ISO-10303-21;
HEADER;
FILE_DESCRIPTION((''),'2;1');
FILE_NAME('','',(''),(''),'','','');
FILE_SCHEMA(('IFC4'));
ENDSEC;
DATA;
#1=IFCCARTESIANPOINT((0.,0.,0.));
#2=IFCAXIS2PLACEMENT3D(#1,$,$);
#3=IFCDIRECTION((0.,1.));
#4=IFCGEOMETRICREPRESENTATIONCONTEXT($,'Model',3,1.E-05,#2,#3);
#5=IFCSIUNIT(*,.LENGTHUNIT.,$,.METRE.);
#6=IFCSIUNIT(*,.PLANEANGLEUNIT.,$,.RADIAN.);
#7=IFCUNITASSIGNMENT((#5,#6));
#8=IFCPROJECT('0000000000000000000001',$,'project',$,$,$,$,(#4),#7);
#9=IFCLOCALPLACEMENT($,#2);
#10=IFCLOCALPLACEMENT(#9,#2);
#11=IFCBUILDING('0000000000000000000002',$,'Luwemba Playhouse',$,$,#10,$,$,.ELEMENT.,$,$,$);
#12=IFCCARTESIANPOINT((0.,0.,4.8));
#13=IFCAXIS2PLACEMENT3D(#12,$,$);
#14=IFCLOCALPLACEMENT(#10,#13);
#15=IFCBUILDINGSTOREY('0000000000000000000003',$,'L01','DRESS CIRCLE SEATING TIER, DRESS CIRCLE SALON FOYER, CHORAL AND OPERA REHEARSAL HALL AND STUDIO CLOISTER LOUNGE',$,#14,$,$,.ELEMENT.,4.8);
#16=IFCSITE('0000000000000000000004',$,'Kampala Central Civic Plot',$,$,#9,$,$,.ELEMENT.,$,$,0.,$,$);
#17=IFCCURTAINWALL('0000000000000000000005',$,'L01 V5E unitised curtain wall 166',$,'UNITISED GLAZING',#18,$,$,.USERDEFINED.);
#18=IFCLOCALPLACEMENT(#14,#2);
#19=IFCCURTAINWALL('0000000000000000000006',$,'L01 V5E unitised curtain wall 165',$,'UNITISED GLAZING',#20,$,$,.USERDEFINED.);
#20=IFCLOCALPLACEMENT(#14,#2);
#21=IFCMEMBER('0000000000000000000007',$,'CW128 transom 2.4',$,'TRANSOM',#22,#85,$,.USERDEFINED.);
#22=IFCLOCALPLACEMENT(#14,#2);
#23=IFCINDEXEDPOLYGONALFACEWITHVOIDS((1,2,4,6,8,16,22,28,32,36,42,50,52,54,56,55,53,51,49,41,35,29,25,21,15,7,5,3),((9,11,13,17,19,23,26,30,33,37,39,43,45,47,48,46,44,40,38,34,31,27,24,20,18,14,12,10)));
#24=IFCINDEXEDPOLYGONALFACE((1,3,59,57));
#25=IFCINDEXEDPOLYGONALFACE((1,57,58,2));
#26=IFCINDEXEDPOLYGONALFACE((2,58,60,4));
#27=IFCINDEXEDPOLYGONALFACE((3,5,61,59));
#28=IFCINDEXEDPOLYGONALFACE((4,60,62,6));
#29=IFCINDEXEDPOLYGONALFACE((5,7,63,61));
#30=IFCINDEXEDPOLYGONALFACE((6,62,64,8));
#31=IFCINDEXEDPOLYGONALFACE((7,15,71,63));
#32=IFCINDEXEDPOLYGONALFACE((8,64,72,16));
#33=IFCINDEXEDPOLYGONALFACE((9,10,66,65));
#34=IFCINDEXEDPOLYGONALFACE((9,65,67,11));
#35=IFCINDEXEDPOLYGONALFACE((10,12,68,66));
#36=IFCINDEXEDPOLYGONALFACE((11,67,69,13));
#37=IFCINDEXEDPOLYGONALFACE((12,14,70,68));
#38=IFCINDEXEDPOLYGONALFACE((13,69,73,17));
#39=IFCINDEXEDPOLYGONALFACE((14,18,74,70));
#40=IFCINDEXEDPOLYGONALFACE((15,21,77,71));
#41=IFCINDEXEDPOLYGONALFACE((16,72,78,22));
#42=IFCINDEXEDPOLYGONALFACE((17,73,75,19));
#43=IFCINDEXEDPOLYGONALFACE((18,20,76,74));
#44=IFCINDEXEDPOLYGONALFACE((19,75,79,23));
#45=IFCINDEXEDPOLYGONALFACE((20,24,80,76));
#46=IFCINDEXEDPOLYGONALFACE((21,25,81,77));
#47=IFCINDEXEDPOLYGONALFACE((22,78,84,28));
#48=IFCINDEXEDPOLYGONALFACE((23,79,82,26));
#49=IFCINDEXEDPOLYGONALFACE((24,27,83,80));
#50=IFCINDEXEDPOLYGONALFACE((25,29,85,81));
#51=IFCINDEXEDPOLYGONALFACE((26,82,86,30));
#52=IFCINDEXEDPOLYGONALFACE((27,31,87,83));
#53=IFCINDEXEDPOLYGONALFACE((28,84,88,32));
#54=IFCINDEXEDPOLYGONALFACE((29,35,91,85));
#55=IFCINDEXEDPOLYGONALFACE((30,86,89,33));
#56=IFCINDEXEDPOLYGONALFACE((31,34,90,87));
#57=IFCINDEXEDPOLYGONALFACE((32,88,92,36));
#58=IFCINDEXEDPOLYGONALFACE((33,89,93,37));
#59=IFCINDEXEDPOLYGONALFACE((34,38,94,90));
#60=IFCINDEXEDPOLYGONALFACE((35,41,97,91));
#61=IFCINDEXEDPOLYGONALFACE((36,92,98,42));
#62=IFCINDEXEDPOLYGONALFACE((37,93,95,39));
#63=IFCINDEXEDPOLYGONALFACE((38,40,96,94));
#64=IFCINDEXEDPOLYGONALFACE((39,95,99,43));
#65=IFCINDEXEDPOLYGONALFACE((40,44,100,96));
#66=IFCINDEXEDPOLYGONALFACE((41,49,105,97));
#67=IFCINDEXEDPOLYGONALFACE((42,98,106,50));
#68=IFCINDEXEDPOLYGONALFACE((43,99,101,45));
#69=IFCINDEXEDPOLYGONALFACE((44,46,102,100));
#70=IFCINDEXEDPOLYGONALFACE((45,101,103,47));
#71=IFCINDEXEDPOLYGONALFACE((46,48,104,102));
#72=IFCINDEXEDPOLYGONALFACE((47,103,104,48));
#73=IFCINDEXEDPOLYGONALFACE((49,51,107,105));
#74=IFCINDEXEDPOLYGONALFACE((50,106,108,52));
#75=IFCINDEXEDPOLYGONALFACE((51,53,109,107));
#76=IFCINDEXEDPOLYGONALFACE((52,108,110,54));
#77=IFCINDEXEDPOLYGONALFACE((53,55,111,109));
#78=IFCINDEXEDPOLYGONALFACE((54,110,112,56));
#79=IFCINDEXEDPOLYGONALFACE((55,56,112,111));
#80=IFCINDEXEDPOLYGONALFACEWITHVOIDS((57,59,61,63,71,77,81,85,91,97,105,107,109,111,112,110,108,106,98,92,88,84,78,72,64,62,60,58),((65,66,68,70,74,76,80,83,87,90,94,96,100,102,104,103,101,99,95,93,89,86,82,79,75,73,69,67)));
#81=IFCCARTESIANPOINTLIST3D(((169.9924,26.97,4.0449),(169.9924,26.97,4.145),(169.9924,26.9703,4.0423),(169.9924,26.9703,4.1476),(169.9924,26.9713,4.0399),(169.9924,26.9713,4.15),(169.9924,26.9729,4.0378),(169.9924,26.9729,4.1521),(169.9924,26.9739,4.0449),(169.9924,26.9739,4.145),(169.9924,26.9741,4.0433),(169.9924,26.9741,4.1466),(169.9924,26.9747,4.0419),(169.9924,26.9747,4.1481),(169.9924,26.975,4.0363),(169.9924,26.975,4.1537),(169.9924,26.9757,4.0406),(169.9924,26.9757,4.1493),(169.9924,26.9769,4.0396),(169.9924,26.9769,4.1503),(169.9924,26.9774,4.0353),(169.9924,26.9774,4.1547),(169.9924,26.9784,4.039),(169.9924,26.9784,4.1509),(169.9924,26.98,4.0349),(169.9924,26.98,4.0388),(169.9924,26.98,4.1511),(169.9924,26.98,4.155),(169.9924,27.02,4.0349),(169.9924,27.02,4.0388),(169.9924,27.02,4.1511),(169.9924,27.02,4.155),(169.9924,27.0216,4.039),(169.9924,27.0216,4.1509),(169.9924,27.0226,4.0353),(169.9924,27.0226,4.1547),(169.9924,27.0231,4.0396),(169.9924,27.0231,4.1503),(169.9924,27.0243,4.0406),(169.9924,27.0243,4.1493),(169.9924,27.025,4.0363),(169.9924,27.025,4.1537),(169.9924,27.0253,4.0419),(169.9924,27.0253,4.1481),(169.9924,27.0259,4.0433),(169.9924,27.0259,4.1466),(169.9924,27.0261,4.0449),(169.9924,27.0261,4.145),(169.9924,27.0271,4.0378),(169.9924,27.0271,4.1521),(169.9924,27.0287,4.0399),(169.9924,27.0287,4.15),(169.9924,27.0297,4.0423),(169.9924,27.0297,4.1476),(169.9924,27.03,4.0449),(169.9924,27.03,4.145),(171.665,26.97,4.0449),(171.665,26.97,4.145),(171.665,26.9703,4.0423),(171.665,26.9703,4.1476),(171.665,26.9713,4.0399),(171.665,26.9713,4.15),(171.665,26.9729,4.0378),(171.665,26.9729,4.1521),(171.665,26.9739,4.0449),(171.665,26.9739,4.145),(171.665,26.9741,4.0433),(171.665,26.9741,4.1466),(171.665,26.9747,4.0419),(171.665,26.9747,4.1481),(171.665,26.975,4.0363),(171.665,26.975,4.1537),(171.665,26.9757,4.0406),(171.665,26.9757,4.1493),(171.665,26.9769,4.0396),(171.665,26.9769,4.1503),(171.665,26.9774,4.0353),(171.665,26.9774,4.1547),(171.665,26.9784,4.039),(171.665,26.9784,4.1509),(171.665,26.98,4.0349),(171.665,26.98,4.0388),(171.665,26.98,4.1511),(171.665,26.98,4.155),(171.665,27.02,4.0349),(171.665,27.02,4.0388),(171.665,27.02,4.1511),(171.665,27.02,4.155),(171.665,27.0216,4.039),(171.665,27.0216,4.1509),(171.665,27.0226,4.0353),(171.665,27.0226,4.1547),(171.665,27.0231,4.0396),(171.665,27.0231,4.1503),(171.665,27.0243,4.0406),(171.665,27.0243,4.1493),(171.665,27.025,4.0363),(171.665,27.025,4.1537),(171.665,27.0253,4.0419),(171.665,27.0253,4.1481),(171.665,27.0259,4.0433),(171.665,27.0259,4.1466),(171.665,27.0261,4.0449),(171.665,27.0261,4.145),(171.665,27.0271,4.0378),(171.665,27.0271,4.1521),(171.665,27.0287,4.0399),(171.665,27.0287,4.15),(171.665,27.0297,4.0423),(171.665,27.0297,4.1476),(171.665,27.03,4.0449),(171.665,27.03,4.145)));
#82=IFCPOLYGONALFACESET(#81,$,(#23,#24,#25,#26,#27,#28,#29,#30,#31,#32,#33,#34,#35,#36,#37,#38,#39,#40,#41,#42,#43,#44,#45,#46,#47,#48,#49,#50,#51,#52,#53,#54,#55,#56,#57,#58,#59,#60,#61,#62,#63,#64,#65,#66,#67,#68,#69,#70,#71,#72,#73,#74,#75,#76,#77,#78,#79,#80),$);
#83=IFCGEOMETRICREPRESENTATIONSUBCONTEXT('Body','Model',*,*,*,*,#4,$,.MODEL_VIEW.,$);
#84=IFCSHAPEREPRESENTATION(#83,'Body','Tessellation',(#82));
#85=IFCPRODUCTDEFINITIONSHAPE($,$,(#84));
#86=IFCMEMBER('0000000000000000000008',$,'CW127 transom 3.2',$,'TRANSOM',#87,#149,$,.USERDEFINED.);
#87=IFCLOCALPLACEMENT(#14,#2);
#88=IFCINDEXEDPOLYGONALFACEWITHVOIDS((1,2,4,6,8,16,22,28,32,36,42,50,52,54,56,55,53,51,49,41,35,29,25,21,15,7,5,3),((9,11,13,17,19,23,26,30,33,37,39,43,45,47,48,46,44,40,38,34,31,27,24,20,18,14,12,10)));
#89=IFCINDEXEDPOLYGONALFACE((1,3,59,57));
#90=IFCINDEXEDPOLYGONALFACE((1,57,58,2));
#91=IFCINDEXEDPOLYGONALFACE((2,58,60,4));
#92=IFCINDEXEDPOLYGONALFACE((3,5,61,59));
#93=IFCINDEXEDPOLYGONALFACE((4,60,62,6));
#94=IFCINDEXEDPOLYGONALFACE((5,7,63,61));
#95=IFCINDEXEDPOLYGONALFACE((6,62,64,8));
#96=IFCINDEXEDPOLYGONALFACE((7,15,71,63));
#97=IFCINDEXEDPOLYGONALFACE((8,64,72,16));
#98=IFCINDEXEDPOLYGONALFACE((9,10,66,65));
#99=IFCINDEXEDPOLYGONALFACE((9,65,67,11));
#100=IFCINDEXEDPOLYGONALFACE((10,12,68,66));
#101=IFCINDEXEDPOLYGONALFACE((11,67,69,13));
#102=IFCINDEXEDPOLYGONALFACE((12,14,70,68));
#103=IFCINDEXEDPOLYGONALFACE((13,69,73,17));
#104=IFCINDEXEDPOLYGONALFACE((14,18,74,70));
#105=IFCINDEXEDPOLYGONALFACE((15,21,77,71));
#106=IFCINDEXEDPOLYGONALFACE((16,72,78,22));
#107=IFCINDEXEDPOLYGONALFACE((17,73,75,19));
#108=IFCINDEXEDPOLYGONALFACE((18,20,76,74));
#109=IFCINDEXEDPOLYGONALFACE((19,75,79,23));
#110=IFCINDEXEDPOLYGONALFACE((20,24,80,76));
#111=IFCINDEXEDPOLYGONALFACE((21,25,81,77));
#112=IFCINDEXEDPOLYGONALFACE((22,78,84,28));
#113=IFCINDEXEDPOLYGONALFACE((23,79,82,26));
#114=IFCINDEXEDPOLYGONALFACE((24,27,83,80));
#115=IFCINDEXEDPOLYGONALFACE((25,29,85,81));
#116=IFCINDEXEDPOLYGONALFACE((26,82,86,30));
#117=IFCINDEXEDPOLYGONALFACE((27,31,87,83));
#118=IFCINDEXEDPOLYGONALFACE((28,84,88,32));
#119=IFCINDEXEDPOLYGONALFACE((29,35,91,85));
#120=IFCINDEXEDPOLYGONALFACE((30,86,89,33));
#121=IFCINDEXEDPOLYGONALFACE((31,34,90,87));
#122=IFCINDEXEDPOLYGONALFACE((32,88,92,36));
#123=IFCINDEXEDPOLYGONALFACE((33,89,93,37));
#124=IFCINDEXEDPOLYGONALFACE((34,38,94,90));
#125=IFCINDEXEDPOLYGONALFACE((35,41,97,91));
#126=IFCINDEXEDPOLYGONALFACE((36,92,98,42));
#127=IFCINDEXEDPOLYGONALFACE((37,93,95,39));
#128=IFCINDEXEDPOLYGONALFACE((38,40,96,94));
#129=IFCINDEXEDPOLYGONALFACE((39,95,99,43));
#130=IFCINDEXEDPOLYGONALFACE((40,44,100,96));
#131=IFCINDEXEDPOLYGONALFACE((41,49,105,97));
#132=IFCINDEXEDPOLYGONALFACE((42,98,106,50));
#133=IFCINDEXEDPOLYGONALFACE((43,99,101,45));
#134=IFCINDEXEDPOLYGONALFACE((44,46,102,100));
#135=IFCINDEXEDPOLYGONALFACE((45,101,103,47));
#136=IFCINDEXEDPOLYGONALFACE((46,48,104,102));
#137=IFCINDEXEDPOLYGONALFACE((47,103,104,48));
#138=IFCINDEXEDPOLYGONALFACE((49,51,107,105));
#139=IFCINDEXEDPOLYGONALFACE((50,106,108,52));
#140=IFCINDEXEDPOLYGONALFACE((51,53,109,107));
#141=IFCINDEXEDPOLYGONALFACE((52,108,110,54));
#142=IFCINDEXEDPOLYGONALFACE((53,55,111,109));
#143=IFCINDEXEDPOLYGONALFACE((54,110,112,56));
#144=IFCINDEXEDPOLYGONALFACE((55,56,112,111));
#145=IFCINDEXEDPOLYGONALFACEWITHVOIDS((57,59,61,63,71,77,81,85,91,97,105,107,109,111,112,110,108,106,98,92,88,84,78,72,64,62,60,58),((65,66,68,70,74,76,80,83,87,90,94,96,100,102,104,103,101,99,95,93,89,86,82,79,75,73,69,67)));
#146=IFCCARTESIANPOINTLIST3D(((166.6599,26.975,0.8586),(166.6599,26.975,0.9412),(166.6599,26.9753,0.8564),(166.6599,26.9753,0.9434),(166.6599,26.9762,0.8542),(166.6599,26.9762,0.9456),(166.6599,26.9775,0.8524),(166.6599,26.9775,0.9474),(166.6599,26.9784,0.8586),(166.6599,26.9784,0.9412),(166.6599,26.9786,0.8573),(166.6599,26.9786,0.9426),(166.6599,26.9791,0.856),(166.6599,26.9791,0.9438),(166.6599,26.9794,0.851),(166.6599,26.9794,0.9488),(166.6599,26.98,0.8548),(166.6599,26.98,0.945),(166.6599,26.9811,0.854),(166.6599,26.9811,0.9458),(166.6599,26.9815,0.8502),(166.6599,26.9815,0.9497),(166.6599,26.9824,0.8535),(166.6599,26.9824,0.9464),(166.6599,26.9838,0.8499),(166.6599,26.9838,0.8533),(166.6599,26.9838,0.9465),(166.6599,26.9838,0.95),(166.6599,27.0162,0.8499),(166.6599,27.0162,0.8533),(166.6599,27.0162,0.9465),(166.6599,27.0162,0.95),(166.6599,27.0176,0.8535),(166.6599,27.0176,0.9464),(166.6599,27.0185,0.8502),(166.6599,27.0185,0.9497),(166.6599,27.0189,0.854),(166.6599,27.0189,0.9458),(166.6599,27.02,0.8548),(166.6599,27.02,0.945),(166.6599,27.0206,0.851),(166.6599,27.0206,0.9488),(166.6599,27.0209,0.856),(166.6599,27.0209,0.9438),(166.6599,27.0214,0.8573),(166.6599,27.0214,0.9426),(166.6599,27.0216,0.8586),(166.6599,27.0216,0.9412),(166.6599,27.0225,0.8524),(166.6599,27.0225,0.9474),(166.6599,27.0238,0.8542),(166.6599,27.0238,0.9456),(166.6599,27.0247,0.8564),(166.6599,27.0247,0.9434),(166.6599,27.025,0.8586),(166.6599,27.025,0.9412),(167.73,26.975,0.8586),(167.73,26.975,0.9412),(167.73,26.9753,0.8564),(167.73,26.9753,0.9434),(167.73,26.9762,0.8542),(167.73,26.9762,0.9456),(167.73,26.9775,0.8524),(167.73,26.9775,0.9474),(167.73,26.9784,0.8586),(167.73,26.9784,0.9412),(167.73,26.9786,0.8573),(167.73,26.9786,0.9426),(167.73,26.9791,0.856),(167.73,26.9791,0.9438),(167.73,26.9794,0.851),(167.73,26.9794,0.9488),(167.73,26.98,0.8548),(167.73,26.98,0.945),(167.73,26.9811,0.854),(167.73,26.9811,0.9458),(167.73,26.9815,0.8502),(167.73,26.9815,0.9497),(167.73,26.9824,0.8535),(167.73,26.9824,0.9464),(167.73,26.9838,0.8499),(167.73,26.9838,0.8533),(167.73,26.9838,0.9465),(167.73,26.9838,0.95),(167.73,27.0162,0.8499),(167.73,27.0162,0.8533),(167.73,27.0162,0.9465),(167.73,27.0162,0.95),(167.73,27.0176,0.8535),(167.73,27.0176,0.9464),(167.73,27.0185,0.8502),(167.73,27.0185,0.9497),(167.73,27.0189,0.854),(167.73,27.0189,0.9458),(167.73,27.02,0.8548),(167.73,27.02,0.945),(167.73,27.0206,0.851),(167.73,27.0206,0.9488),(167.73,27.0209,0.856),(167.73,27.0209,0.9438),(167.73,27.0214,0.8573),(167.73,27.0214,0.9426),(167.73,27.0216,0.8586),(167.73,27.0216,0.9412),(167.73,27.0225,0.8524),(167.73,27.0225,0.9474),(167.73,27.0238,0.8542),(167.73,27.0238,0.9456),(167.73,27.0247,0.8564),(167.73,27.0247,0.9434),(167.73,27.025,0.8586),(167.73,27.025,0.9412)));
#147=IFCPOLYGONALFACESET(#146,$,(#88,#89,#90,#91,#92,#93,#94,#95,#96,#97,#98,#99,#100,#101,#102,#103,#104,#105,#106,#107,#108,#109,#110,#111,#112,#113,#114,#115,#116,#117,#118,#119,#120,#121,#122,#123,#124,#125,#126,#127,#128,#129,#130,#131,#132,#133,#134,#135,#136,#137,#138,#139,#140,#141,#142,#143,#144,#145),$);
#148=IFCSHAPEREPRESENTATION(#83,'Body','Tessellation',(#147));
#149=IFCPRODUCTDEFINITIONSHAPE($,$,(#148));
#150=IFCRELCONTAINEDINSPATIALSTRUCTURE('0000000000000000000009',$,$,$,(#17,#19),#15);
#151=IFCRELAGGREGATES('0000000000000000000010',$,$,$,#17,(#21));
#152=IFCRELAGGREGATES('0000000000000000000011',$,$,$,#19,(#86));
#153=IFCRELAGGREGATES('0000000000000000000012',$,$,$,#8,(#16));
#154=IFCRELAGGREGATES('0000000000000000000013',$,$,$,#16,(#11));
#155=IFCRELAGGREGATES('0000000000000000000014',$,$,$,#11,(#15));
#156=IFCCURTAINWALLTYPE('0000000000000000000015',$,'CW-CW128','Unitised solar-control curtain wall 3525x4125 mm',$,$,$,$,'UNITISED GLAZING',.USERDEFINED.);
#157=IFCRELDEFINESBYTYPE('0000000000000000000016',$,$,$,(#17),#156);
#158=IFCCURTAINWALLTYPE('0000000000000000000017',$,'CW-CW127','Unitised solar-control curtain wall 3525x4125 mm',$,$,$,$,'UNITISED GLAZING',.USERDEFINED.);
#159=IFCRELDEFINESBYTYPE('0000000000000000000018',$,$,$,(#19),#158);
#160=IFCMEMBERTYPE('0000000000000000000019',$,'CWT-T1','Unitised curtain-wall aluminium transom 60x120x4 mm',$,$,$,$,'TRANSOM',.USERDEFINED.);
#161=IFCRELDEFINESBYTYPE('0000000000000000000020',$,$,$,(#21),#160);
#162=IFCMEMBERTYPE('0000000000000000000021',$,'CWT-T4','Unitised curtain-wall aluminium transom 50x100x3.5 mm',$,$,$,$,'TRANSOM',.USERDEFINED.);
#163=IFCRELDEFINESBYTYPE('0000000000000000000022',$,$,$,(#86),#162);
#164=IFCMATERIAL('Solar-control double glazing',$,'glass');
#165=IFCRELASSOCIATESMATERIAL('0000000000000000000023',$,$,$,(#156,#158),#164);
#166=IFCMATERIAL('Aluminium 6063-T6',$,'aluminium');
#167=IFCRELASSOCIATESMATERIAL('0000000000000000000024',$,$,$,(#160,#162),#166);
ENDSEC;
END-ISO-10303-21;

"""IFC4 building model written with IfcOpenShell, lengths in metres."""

from ifc_helpers import new_model, si_unit, direction, frame, origin, origin_2d, place, context, subcontext, project, spatial, hollow_rectangle, extrude, material, material_profile, profile_set, type_object, element, aggregate, save


model = new_model("IFC4")

# Units and contexts
model_context = context("Model", 3, precision=1e-05, world=origin(), true_north=direction((0.0, 1.0)))
body_context = subcontext(model_context, "Body", "Model", "MODEL_VIEW")
ifc_project = project(units=[si_unit("LENGTHUNIT", "METRE"), si_unit("PLANEANGLEUNIT", "RADIAN")], contexts=[model_context])

# Site, building, storey
site_placement = place(None, origin())
site = spatial("IfcSite", under=ifc_project, at=site_placement, Name="Kampala Central Civic Plot", CompositionType="ELEMENT", RefElevation=0.0)
building_placement = place(site_placement, origin())
building = spatial("IfcBuilding", under=site, at=building_placement, Name="Luwemba Playhouse", CompositionType="ELEMENT")
storey_placement = place(building_placement, frame((0.0, 0.0, 4.8)))
storey = spatial("IfcBuildingStorey", under=building, at=storey_placement, Name="L01", Description="DRESS CIRCLE SEATING TIER, DRESS CIRCLE SALON FOYER, CHORAL AND OPERA REHEARSAL HALL AND STUDIO CLOISTER LOUNGE", CompositionType="ELEMENT", Elevation=4.8)

# Curtain wall
ifc_material_1 = material(Name="Solar-control double glazing", Category="glass")
curtain_wall_type_1 = type_object("IfcCurtainWallType", Name="CW-CW128", Description="Unitised solar-control curtain wall 3525x4125 mm", ElementType="UNITISED GLAZING", PredefinedType="USERDEFINED", material=ifc_material_1)
curtain_wall_1_placement = place(storey_placement, origin())
curtain_wall_1 = element("IfcCurtainWall", 1, at=curtain_wall_1_placement, inside=storey, type_object=curtain_wall_type_1, Name="L01 V5E unitised curtain wall 166", ObjectType="UNITISED GLAZING", PredefinedType="USERDEFINED")
ifc_material_2 = material(Name="Aluminium 6063-T6", Category="aluminium")

# Curtain wall
curtain_wall_type_2 = type_object("IfcCurtainWallType", Name="CW-CW127", Description="Unitised solar-control curtain wall 3525x4125 mm", ElementType="UNITISED GLAZING", PredefinedType="USERDEFINED", material=ifc_material_1)
curtain_wall_2_placement = place(storey_placement, origin())
curtain_wall_2 = element("IfcCurtainWall", 2, at=curtain_wall_2_placement, inside=storey, type_object=curtain_wall_type_2, Name="L01 V5E unitised curtain wall 165", ObjectType="UNITISED GLAZING", PredefinedType="USERDEFINED")

# Members
ifc_material_profile_1 = material_profile(ifc_material_2, hollow_rectangle(XDim=0.0601, YDim=0.1201, WallThickness=0.0039, InnerFilletRadius=0.0061, OuterFilletRadius=0.01, at=origin_2d()))
ifc_profile_set_1 = profile_set([ifc_material_profile_1], Name="Aluminium 6063-T6")
member_type_1 = type_object("IfcMemberType", Name="CWT-T1", Description="Unitised curtain-wall aluminium transom 60x120x4 mm", ElementType="TRANSOM", PredefinedType="USERDEFINED", material=ifc_profile_set_1)
member_1_placement = place(storey_placement, frame((169.9924, 27.0, 4.095), z_axis=(1.0, 0.0, 0.0), x_axis=(0.0, 1.0, 0.0)))
member_1 = element("IfcMember", 3, at=member_1_placement, type_object=member_type_1, Name="CW128 transom 2.4", ObjectType="TRANSOM", PredefinedType="USERDEFINED", context=body_context, shape_type="SweptSolid", body=[
    extrude(hollow_rectangle(XDim=0.0601, YDim=0.1201, WallThickness=0.0039, InnerFilletRadius=0.0061, OuterFilletRadius=0.01, at=origin_2d()), origin(), (0.0, 0.0, 1.0), 1.6726),
])
ifc_material_profile_2 = material_profile(ifc_material_2, hollow_rectangle(XDim=0.05, YDim=0.1001, WallThickness=0.0034, InnerFilletRadius=0.0054, OuterFilletRadius=0.0088, at=origin_2d()))
ifc_profile_set_2 = profile_set([ifc_material_profile_2], Name="Aluminium 6063-T6")
member_type_2 = type_object("IfcMemberType", Name="CWT-T4", Description="Unitised curtain-wall aluminium transom 50x100x3.5 mm", ElementType="TRANSOM", PredefinedType="USERDEFINED", material=ifc_profile_set_2)
member_2_placement = place(storey_placement, frame((166.6599, 27.0, 0.8999), z_axis=(1.0, 0.0, 0.0), x_axis=(0.0, 1.0, 0.0)))
member_2 = element("IfcMember", 4, at=member_2_placement, type_object=member_type_2, Name="CW127 transom 3.2", ObjectType="TRANSOM", PredefinedType="USERDEFINED", context=body_context, shape_type="SweptSolid", body=[
    extrude(hollow_rectangle(XDim=0.05, YDim=0.1001, WallThickness=0.0034, InnerFilletRadius=0.0054, OuterFilletRadius=0.0088, at=origin_2d()), origin(), (0.0, 0.0, 1.0), 1.0701),
])

aggregate(curtain_wall_1, [member_1])
aggregate(curtain_wall_2, [member_2])

save(model, "model.ifc")
